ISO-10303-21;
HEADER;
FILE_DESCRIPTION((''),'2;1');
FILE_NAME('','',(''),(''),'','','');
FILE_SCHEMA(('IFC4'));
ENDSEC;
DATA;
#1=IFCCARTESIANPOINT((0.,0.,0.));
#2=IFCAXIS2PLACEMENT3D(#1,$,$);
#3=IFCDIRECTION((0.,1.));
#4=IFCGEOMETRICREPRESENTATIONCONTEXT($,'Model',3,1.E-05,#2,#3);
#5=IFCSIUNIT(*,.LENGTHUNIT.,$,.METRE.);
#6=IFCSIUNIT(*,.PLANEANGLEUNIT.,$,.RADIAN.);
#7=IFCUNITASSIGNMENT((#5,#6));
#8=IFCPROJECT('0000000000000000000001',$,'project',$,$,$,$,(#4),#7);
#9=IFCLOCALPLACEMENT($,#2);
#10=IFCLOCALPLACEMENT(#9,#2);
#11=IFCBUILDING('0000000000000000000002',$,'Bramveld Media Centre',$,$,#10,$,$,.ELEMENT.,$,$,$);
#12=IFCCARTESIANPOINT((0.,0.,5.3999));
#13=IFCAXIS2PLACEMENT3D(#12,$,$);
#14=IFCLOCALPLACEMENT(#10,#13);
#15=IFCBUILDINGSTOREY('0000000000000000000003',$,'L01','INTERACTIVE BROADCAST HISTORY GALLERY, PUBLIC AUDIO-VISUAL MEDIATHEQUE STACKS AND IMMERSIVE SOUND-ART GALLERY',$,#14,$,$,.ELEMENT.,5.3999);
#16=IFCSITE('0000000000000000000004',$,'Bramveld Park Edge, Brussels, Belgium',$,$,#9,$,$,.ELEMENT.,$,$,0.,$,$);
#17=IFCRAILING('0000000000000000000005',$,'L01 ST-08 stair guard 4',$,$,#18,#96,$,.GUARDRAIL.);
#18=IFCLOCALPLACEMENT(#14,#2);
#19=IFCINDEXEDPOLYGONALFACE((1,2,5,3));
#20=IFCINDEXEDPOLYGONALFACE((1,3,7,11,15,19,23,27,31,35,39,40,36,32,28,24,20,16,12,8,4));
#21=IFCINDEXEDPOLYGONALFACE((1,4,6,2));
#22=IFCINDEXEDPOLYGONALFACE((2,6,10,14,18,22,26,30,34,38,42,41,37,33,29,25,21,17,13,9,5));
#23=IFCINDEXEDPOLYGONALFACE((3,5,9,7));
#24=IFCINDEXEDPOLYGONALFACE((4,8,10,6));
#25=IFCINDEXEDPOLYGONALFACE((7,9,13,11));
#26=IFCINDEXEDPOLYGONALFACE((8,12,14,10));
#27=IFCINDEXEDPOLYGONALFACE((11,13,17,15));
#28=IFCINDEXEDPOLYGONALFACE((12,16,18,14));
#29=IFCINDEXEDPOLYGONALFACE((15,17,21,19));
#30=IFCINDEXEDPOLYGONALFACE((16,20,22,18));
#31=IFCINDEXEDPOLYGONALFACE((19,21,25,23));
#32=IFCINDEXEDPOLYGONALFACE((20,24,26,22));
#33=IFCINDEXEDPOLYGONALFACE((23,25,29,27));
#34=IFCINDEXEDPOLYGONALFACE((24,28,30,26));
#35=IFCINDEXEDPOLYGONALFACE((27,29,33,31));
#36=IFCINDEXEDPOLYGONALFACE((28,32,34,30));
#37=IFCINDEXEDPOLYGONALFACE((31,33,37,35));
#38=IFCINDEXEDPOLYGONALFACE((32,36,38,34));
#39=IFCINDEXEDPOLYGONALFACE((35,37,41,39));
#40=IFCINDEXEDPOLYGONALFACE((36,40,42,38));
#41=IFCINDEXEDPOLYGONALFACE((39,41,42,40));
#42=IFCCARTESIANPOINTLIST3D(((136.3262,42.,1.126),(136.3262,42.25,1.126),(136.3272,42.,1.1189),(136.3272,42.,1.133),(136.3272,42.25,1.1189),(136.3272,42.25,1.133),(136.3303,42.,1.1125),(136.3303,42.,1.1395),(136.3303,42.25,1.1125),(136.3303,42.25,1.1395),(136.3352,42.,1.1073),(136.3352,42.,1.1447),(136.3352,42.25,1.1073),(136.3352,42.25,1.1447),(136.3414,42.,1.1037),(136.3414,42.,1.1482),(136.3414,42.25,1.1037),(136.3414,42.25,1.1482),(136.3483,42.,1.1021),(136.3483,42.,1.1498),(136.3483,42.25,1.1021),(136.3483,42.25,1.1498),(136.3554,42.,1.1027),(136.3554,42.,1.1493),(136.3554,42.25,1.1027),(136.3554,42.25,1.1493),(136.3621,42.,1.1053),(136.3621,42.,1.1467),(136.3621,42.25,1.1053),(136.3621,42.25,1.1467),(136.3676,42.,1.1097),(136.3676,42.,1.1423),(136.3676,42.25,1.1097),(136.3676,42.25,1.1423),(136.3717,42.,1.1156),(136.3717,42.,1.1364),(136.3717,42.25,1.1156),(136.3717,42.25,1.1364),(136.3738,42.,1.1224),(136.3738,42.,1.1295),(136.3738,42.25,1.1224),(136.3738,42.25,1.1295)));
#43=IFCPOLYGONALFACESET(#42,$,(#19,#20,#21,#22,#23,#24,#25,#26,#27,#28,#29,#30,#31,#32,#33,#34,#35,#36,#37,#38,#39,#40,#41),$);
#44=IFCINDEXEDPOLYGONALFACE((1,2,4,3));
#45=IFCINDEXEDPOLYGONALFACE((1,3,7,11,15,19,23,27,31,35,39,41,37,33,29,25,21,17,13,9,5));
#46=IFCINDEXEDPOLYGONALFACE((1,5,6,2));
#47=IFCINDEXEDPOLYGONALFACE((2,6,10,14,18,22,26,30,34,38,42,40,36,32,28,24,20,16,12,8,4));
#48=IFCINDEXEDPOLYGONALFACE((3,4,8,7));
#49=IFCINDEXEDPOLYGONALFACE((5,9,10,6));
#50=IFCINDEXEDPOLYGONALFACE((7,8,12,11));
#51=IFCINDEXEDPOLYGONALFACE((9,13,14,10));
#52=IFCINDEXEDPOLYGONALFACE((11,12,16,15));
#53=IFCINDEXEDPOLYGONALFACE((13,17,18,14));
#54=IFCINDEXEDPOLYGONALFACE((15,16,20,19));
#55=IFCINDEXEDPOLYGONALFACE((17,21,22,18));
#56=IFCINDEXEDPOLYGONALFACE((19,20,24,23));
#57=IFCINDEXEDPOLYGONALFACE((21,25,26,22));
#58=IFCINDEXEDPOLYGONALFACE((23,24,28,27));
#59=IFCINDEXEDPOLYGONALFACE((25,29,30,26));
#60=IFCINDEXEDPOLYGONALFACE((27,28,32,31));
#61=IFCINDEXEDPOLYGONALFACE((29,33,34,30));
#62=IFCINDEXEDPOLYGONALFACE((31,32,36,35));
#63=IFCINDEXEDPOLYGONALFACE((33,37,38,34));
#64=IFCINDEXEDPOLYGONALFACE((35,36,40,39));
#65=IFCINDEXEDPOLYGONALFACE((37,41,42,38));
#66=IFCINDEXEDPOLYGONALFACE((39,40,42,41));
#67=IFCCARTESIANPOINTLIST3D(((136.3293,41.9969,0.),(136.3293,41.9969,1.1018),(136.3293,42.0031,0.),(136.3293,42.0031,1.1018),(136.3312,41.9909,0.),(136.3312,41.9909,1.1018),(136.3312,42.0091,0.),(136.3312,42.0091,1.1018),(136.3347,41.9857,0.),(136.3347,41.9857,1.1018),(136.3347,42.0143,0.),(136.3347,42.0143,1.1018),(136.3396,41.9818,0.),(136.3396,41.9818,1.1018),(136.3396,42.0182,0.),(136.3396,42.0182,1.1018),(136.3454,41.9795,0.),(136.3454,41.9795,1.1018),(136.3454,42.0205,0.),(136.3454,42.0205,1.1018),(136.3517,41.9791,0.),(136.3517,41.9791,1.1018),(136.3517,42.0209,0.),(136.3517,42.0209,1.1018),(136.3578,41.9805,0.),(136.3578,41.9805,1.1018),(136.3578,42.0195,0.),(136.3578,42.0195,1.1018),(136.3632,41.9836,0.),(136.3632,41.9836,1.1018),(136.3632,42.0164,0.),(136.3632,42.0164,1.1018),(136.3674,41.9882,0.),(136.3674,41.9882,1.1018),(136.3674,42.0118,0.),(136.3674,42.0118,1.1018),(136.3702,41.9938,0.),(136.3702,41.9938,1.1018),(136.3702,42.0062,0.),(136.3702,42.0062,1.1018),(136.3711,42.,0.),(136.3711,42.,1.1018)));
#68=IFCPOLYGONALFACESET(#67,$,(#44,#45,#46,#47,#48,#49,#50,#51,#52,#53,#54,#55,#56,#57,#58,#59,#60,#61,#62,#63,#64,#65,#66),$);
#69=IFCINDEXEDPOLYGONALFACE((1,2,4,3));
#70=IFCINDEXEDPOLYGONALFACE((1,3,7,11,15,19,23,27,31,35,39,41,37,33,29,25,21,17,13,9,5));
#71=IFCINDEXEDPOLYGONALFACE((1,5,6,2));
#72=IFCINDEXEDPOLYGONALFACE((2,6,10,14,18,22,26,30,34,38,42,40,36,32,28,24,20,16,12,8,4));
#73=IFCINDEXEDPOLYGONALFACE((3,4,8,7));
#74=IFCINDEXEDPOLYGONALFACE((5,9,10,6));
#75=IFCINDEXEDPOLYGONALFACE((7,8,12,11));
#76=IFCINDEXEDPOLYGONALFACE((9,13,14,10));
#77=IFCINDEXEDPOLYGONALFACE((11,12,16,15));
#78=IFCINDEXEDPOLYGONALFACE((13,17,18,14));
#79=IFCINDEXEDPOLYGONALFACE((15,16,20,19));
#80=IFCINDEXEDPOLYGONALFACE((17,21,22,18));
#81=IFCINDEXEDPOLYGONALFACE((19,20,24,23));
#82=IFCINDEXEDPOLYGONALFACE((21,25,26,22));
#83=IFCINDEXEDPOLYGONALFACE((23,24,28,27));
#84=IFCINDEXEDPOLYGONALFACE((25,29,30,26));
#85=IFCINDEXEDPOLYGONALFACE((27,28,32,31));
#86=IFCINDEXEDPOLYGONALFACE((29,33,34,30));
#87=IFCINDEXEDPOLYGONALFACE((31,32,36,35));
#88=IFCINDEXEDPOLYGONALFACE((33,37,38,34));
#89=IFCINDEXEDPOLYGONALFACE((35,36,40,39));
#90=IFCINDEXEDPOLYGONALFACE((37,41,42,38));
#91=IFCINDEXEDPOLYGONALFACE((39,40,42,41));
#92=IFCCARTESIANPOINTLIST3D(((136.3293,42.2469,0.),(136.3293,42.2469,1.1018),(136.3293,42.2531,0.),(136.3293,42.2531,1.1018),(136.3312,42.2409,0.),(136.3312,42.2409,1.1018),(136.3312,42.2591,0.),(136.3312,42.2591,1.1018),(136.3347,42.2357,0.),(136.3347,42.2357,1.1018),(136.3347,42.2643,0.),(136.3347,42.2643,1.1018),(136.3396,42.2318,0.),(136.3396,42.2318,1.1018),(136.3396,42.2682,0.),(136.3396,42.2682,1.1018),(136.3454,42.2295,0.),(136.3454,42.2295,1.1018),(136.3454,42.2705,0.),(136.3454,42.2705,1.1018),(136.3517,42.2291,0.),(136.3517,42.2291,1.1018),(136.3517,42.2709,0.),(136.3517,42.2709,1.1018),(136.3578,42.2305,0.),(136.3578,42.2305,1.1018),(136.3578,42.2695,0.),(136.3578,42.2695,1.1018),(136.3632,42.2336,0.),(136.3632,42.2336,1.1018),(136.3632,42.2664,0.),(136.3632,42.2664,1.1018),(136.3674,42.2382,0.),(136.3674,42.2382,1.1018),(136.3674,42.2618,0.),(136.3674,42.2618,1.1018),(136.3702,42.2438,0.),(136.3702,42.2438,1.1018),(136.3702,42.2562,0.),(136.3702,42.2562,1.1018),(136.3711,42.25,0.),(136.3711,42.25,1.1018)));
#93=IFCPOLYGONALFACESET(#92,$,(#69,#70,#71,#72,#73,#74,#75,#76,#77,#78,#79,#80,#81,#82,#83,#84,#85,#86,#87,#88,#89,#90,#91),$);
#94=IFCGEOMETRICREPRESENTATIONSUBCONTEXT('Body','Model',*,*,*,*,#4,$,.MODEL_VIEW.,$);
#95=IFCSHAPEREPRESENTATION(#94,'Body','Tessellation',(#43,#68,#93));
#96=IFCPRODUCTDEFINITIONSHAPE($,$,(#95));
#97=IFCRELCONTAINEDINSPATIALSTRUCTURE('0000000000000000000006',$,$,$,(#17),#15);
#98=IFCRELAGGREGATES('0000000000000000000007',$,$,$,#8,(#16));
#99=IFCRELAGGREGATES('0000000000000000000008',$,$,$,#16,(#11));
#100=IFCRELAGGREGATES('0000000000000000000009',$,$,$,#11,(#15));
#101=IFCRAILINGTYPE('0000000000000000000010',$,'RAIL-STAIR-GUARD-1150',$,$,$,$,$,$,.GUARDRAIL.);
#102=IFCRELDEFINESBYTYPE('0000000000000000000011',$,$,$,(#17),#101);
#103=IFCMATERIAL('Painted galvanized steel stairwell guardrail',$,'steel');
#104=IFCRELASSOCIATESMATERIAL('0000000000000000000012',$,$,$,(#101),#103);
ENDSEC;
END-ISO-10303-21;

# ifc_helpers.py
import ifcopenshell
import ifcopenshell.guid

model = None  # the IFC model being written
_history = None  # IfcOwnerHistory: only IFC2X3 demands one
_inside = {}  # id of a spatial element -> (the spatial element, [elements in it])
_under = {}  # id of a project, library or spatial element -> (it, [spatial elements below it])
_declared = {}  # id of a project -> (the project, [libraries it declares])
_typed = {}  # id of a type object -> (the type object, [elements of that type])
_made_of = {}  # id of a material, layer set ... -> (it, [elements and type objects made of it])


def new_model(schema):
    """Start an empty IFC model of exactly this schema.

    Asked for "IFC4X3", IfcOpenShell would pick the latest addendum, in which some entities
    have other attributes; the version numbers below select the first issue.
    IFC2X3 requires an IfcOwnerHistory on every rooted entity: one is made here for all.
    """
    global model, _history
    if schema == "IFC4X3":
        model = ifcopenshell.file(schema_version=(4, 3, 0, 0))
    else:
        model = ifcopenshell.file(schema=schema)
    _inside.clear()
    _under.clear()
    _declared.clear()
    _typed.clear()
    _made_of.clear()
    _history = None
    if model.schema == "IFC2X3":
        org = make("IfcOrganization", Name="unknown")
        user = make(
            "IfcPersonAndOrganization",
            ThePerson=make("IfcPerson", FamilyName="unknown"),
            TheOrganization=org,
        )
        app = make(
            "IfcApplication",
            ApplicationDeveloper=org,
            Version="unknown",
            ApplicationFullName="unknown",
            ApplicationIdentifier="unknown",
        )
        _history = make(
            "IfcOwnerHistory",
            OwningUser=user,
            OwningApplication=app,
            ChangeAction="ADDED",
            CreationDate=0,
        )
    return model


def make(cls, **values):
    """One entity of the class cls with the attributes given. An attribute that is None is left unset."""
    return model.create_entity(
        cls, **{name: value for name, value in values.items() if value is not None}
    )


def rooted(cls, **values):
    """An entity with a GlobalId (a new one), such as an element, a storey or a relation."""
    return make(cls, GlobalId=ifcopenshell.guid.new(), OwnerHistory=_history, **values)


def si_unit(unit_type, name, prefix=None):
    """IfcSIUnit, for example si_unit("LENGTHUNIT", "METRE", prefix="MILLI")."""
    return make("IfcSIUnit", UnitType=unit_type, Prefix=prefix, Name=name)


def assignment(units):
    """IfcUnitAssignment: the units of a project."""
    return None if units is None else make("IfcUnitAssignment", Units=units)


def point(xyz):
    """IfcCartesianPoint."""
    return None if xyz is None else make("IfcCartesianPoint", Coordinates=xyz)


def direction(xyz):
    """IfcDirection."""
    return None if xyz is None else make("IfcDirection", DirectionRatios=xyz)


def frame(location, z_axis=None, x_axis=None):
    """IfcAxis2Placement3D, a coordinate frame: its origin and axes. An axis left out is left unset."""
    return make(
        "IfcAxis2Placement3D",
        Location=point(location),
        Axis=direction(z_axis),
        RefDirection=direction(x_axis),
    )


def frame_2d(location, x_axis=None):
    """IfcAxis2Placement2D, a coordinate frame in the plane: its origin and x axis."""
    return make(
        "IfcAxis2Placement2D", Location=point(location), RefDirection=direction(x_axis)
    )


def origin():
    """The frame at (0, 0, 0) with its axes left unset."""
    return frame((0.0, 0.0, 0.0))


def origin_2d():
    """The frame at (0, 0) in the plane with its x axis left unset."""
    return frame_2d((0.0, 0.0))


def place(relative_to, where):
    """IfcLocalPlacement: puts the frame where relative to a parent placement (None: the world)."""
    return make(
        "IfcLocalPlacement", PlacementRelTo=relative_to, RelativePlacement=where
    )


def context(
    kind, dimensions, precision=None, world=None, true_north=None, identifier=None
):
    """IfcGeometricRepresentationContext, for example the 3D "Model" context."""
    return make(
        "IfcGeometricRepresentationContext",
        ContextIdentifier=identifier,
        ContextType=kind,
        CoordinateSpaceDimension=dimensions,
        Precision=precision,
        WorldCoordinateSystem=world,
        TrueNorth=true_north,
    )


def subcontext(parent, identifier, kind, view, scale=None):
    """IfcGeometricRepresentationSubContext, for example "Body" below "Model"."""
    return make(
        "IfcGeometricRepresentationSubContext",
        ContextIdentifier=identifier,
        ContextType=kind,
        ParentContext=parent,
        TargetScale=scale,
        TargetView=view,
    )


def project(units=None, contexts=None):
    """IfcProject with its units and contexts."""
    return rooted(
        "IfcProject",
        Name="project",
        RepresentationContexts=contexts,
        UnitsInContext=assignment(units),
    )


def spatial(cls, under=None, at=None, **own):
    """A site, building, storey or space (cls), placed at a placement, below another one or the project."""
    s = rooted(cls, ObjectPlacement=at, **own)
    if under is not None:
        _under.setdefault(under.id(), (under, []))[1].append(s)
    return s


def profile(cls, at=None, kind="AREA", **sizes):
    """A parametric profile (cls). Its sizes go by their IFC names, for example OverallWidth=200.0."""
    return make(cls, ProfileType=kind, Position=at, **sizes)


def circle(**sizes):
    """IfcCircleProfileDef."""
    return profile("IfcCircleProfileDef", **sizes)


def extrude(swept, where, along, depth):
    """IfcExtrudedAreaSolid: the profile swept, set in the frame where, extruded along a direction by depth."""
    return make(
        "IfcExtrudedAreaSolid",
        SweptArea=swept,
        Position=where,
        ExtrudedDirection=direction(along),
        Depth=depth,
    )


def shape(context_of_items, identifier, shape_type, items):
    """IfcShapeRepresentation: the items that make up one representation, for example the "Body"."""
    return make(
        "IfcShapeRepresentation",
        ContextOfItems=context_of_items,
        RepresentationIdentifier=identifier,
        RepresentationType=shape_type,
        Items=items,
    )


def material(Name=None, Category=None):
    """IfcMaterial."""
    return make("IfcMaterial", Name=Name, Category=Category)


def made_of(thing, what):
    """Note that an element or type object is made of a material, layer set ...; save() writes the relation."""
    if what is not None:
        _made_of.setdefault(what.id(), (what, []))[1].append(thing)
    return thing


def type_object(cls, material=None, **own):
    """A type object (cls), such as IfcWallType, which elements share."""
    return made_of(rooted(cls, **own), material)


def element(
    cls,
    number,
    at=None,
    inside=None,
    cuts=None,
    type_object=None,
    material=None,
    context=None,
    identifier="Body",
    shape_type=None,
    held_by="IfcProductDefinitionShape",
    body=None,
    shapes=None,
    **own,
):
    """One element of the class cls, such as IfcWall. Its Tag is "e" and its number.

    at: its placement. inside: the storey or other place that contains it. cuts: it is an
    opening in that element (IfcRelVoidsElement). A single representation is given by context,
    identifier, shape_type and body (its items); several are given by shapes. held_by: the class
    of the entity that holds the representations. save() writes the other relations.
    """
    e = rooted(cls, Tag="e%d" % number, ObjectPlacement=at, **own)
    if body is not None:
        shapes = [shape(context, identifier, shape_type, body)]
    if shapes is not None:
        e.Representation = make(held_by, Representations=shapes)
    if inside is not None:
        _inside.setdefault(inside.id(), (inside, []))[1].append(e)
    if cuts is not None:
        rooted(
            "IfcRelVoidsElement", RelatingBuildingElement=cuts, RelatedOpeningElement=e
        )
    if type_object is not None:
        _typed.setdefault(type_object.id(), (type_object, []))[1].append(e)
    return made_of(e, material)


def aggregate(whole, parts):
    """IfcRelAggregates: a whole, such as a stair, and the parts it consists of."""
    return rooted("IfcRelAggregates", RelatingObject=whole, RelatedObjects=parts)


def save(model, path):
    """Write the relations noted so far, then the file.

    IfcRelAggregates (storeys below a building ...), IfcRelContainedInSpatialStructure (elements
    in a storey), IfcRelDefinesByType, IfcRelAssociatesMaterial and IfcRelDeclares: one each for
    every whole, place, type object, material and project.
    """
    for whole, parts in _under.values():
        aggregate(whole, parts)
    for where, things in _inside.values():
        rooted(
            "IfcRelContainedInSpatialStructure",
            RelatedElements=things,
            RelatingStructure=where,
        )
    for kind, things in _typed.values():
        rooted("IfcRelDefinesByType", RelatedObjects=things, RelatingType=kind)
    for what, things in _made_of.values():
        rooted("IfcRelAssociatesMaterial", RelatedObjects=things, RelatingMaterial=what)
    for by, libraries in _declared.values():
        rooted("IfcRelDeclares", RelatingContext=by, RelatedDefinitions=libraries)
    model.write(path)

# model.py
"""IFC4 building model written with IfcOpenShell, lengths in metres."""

from ifc_helpers import new_model, si_unit, direction, frame, origin, origin_2d, place, context, subcontext, project, spatial, circle, extrude, material, type_object, element, save


model = new_model("IFC4")

# Units and contexts
model_context = context("Model", 3, precision=1e-05, world=origin(), true_north=direction((0.0, 1.0)))
body_context = subcontext(model_context, "Body", "Model", "MODEL_VIEW")
ifc_project = project(units=[si_unit("LENGTHUNIT", "METRE"), si_unit("PLANEANGLEUNIT", "RADIAN")], contexts=[model_context])

# Site, building, storey
site_placement = place(None, origin())
site = spatial("IfcSite", under=ifc_project, at=site_placement, Name="Bramveld Park Edge, Brussels, Belgium", CompositionType="ELEMENT", RefElevation=0.0)
building_placement = place(site_placement, origin())
building = spatial("IfcBuilding", under=site, at=building_placement, Name="Bramveld Media Centre", CompositionType="ELEMENT")
storey_placement = place(building_placement, frame((0.0, 0.0, 5.3999)))
storey = spatial("IfcBuildingStorey", under=building, at=storey_placement, Name="L01", Description="INTERACTIVE BROADCAST HISTORY GALLERY, PUBLIC AUDIO-VISUAL MEDIATHEQUE STACKS AND IMMERSIVE SOUND-ART GALLERY", CompositionType="ELEMENT", Elevation=5.3999)

# Railing
ifc_material_1 = material(Name="Painted galvanized steel stairwell guardrail", Category="steel")
railing_type_1 = type_object("IfcRailingType", Name="RAIL-STAIR-GUARD-1150", PredefinedType="GUARDRAIL", material=ifc_material_1)
railing_1_placement = place(storey_placement, frame((136.3501, 42.0, 0.0)))
element("IfcRailing", 1, at=railing_1_placement, inside=storey, type_object=railing_type_1, Name="L01 ST-08 stair guard 4", PredefinedType="GUARDRAIL", context=body_context, shape_type="SweptSolid", body=[
    extrude(circle(Radius=0.0239, at=origin_2d()), frame((0.0, 0.0, 1.126), z_axis=(0.0, 1.0, 0.0), x_axis=(-1.0, 0.0, 0.0)), (0.0, 0.0, 1.0), 0.25),
    extrude(circle(Radius=0.021, at=origin_2d()), origin(), (0.0, 0.0, 1.0), 1.1018),
    extrude(circle(Radius=0.021, at=origin_2d()), frame((0.0, 0.25, 0.0)), (0.0, 0.0, 1.0), 1.1018),
])

save(model, "model.ifc")
